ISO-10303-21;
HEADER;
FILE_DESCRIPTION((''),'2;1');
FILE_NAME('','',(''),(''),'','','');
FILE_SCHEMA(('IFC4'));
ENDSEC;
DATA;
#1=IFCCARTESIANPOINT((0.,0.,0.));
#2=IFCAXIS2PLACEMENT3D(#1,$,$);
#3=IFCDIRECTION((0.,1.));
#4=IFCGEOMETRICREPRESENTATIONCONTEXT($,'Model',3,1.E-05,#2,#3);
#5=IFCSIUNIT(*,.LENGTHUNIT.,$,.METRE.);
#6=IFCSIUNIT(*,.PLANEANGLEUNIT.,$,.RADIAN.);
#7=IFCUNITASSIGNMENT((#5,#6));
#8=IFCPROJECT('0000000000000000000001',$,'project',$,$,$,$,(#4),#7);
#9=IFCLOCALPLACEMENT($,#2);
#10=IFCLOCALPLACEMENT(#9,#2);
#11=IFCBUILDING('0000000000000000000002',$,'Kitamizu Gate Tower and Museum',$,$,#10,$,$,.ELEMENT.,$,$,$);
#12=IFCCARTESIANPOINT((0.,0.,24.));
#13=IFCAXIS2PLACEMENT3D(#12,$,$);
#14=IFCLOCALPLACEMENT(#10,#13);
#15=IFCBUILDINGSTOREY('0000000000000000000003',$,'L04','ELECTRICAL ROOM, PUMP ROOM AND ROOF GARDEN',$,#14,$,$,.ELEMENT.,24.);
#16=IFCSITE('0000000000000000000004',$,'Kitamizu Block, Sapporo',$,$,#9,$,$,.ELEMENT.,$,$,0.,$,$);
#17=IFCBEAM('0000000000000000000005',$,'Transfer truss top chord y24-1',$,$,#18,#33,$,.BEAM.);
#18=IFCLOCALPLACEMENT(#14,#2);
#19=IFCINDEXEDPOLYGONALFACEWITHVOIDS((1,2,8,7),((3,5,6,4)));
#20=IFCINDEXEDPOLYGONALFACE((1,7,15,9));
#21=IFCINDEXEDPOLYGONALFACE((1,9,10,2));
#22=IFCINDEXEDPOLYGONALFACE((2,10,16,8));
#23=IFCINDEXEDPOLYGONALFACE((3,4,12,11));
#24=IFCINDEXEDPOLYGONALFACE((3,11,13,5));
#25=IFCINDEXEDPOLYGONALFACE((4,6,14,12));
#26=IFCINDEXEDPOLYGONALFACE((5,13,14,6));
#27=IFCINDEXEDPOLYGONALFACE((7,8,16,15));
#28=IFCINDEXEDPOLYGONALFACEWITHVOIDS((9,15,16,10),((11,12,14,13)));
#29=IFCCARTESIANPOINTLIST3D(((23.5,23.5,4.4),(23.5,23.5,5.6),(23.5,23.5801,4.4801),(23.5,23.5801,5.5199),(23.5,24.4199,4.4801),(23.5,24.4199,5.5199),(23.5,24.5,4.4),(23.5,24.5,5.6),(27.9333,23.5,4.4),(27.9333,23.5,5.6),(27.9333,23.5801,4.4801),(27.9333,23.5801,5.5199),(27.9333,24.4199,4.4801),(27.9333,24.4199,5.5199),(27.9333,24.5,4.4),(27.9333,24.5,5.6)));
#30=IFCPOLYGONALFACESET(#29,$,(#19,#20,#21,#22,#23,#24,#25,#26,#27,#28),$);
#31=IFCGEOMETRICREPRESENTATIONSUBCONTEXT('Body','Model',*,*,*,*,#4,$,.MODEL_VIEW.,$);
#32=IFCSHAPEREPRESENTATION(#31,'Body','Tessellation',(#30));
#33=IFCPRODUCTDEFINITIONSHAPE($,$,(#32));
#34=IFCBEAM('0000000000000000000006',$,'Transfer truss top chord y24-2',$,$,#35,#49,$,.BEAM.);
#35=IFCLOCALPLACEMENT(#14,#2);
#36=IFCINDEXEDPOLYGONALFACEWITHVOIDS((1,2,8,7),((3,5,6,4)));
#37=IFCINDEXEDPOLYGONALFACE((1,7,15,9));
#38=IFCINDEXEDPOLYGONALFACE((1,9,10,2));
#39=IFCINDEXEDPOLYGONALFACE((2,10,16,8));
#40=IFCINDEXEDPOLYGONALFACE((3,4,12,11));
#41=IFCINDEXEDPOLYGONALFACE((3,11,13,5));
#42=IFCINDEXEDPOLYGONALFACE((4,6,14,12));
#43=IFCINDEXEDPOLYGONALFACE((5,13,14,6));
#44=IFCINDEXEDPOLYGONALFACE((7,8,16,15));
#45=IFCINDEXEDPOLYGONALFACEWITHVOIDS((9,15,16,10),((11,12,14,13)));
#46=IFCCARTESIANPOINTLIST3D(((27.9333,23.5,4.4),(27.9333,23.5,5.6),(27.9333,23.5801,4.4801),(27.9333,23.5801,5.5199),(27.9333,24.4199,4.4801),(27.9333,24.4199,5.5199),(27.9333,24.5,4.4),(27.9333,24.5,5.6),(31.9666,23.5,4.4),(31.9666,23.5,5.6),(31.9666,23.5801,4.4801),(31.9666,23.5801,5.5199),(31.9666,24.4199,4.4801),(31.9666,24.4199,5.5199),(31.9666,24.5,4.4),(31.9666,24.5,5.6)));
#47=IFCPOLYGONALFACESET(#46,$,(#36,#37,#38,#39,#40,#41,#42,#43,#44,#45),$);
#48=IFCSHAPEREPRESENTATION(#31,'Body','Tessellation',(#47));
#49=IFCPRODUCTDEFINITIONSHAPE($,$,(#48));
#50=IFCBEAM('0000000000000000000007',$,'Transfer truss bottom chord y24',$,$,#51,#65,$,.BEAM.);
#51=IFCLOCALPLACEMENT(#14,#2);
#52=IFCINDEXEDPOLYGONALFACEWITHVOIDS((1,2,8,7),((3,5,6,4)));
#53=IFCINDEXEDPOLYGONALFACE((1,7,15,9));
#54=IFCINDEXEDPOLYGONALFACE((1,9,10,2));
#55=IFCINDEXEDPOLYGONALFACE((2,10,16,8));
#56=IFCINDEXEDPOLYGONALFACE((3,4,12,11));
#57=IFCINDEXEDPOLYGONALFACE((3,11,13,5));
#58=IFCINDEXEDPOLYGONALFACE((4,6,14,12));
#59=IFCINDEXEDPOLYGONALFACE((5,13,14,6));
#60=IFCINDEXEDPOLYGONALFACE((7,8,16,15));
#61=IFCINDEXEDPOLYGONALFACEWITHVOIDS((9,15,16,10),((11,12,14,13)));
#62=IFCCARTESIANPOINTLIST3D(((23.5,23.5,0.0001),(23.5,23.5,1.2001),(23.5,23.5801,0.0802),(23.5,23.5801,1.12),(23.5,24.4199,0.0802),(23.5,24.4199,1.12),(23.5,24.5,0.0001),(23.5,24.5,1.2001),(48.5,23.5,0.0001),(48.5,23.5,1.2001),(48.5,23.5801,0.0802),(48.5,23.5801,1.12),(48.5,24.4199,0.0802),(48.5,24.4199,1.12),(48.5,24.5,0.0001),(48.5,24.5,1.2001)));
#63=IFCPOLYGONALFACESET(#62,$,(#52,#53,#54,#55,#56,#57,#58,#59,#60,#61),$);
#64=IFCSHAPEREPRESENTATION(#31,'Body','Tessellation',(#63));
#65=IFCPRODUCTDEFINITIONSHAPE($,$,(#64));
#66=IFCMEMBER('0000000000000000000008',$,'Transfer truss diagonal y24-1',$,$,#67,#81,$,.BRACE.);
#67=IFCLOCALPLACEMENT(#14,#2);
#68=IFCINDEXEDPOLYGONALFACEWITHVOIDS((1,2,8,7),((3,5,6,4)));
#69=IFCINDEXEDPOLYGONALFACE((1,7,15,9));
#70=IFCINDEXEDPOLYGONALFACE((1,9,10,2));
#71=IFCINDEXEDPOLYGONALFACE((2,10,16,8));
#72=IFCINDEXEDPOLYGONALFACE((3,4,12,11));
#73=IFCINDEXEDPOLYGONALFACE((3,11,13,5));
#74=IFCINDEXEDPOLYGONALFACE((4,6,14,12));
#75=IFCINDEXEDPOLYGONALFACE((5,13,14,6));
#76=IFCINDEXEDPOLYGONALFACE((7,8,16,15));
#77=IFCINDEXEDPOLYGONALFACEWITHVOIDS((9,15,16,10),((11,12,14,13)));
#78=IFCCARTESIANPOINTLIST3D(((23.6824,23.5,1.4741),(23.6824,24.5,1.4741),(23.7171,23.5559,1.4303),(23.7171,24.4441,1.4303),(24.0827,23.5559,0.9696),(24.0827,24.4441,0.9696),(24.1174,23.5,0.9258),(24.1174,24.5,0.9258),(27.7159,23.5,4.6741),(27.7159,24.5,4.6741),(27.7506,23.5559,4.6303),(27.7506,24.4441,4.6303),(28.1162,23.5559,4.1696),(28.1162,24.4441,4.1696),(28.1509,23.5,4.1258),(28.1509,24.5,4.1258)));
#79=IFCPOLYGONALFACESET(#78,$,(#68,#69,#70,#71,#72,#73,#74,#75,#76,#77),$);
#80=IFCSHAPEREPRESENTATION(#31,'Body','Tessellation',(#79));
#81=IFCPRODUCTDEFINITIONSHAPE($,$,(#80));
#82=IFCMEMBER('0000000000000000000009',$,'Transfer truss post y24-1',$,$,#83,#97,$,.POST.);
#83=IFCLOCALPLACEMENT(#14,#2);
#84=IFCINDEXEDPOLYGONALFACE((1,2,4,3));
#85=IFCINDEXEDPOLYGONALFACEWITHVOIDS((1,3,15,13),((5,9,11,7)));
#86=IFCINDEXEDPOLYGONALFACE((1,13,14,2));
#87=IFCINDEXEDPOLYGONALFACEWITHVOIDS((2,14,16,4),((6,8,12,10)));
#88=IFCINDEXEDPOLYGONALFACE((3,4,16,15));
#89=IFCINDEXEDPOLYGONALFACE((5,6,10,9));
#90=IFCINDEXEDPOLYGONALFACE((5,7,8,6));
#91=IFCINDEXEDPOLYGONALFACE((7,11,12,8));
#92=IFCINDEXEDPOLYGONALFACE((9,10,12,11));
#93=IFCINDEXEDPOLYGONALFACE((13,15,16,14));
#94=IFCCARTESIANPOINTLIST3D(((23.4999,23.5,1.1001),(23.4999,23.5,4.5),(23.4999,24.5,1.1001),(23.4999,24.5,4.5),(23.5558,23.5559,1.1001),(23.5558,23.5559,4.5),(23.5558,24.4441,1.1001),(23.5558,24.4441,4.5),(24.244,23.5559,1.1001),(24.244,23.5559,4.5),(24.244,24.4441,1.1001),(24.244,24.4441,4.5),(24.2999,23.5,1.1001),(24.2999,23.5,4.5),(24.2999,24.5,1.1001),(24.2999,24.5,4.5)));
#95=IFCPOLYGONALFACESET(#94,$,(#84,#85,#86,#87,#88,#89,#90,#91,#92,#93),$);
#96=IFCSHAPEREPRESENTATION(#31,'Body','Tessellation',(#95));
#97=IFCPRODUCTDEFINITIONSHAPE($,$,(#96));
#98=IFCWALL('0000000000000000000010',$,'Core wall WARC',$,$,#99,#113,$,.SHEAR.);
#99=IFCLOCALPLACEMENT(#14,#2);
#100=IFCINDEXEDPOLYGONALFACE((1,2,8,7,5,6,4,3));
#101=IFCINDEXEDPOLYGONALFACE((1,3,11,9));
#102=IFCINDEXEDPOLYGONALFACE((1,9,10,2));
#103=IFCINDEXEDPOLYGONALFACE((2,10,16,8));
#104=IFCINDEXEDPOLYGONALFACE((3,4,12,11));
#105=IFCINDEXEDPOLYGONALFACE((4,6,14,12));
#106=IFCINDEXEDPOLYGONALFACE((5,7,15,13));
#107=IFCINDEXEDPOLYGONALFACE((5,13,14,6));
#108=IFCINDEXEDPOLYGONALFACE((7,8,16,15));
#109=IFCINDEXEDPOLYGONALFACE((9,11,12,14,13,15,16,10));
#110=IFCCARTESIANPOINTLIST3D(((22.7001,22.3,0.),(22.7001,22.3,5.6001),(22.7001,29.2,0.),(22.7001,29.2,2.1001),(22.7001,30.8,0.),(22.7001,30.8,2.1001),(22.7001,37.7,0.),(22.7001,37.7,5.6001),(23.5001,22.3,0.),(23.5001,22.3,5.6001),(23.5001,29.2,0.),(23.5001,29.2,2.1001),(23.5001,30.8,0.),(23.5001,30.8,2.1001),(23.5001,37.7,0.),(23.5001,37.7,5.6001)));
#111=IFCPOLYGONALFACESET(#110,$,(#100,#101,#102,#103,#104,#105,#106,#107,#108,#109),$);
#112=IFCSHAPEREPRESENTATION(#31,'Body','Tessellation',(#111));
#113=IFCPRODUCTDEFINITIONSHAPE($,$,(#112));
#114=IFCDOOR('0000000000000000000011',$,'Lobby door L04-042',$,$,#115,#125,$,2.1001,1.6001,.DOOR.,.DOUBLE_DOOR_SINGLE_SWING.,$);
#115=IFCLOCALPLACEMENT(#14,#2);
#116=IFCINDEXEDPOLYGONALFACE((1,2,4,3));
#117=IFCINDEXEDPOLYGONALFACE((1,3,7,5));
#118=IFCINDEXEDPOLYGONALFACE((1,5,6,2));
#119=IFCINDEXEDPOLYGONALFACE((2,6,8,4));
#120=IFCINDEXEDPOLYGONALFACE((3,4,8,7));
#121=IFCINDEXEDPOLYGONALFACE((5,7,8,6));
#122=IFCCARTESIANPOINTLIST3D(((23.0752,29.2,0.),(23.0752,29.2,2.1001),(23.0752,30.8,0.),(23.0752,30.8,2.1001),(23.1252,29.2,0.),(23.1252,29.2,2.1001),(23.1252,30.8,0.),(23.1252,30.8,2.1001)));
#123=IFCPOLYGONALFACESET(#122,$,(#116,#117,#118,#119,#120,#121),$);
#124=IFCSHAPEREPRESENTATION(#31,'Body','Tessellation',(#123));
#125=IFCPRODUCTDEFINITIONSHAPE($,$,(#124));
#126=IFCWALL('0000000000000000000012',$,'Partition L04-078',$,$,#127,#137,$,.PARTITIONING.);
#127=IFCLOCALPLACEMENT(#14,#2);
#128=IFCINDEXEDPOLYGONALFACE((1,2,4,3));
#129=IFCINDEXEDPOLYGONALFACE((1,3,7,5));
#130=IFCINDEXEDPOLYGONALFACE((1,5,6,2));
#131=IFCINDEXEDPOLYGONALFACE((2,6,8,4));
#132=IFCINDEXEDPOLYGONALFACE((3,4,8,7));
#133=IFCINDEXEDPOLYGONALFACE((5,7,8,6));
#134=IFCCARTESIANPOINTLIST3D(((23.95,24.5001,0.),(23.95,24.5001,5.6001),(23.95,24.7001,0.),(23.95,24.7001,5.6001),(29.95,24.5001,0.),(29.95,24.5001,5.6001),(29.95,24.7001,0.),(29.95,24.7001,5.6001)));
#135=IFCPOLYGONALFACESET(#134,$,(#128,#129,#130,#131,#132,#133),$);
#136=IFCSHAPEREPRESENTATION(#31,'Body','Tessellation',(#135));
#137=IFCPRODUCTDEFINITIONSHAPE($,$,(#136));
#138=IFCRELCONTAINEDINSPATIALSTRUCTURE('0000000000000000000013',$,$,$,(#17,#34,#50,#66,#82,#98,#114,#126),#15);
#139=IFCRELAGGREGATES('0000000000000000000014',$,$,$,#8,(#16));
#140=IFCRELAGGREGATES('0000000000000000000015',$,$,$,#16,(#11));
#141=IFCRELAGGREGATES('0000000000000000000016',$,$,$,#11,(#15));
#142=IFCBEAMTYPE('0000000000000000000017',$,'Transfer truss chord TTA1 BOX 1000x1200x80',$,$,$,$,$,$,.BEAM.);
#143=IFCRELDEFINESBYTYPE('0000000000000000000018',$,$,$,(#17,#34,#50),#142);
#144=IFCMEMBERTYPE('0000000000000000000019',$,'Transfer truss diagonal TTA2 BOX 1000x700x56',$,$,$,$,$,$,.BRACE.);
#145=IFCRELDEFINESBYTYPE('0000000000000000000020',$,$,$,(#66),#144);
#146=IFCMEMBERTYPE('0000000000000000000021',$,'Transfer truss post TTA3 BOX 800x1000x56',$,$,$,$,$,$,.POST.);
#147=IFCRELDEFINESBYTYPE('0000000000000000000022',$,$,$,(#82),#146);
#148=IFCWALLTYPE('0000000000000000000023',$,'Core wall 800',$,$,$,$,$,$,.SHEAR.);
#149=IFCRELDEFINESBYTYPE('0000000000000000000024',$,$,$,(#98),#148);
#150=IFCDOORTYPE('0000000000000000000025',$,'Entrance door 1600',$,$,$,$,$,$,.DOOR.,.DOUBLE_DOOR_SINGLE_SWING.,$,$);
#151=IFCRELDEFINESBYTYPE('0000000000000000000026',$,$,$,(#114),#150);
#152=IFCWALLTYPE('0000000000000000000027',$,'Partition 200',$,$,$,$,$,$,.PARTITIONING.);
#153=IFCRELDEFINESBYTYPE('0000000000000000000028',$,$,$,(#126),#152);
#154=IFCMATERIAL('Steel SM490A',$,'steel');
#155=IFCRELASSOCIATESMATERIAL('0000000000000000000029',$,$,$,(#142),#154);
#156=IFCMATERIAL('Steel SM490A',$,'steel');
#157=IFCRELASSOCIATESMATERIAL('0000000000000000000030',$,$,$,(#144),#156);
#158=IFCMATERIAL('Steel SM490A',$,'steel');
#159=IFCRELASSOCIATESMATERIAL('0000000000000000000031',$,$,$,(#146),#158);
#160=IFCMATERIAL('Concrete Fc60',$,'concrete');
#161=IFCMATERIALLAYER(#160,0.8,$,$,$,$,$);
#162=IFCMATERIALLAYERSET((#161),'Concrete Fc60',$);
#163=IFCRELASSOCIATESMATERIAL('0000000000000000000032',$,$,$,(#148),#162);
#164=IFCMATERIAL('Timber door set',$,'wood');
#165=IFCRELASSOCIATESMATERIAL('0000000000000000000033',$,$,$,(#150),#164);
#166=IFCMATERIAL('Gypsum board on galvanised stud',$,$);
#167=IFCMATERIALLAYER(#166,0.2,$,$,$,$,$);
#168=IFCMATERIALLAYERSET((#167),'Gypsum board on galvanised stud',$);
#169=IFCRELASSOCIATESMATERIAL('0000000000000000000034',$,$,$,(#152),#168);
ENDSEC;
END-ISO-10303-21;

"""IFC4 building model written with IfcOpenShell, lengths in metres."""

from ifc_helpers import new_model, si_unit, direction, frame, frame_2d, origin, origin_2d, place, context, subcontext, project, spatial, rectangle, hollow_rectangle, extrude, material, layer, layer_set, material_profile, profile_set, type_object, element, fill, save


model = new_model("IFC4")

# Units and contexts
model_context = context("Model", 3, precision=1e-05, world=origin(), true_north=direction((0.0, 1.0)))
body_context = subcontext(model_context, "Body", "Model", "MODEL_VIEW")
ifc_project = project(units=[si_unit("LENGTHUNIT", "METRE"), si_unit("PLANEANGLEUNIT", "RADIAN")], contexts=[model_context])

# Site, building, storey
site_placement = place(None, origin())
site = spatial("IfcSite", under=ifc_project, at=site_placement, Name="Kitamizu Block, Sapporo", CompositionType="ELEMENT", RefElevation=0.0)
building_placement = place(site_placement, origin())
building = spatial("IfcBuilding", under=site, at=building_placement, Name="Kitamizu Gate Tower and Museum", CompositionType="ELEMENT")
storey_placement = place(building_placement, frame((0.0, 0.0, 24.0)))
storey = spatial("IfcBuildingStorey", under=building, at=storey_placement, Name="L04", Description="ELECTRICAL ROOM, PUMP ROOM AND ROOF GARDEN", CompositionType="ELEMENT", Elevation=24.0)

# Beams
ifc_material_1 = material(Name="Steel SM490A", Category="steel")
ifc_material_profile_1 = material_profile(ifc_material_1, hollow_rectangle(XDim=1.0, YDim=1.2, WallThickness=0.0801, at=origin_2d()), Name="BOX 1000x1200x80")
ifc_profile_set_1 = profile_set([ifc_material_profile_1], Name="Steel SM490A")
beam_type = type_object("IfcBeamType", Name="Transfer truss chord TTA1 BOX 1000x1200x80", PredefinedType="BEAM", material=ifc_profile_set_1)
beam_1_placement = place(storey_placement, frame((23.5, 24.0, 5.0), z_axis=(1.0, 0.0, 0.0), x_axis=(0.0, 1.0, 0.0)))
element("IfcBeam", 1, at=beam_1_placement, inside=storey, type_object=beam_type, Name="Transfer truss top chord y24-1", PredefinedType="BEAM", context=body_context, shape_type="SweptSolid", body=[
    extrude(hollow_rectangle(XDim=1.0, YDim=1.2, WallThickness=0.0801, at=origin_2d()), origin(), (0.0, 0.0, 1.0), 4.4333),
])
beam_2_placement = place(storey_placement, frame((27.9333, 24.0, 5.0), z_axis=(1.0, 0.0, 0.0), x_axis=(0.0, 1.0, 0.0)))
element("IfcBeam", 2, at=beam_2_placement, inside=storey, type_object=beam_type, Name="Transfer truss top chord y24-2", PredefinedType="BEAM", context=body_context, shape_type="SweptSolid", body=[
    extrude(hollow_rectangle(XDim=1.0, YDim=1.2, WallThickness=0.0801, at=origin_2d()), origin(), (0.0, 0.0, 1.0), 4.0332),
])
beam_3_placement = place(storey_placement, frame((23.5, 24.0, 0.6001), z_axis=(1.0, 0.0, 0.0), x_axis=(0.0, 1.0, 0.0)))
element("IfcBeam", 3, at=beam_3_placement, inside=storey, type_object=beam_type, Name="Transfer truss bottom chord y24", PredefinedType="BEAM", context=body_context, shape_type="SweptSolid", body=[
    extrude(hollow_rectangle(XDim=1.0, YDim=1.2, WallThickness=0.0801, at=origin_2d()), origin(), (0.0, 0.0, 1.0), 25.0),
])

# Members
ifc_material_2 = material(Name="Steel SM490A", Category="steel")
ifc_material_profile_2 = material_profile(ifc_material_2, hollow_rectangle(XDim=1.0, YDim=0.7, WallThickness=0.0559, at=origin_2d()), Name="BOX 1000x700x56")
ifc_profile_set_2 = profile_set([ifc_material_profile_2], Name="Steel SM490A")
member_type_1 = type_object("IfcMemberType", Name="Transfer truss diagonal TTA2 BOX 1000x700x56", PredefinedType="BRACE", material=ifc_profile_set_2)
member_1_placement = place(storey_placement, frame((23.8999, 24.0, 1.2), z_axis=(0.783402, 0.0, 0.621515), x_axis=(0.0, 1.0, 0.0)))
element("IfcMember", 4, at=member_1_placement, inside=storey, type_object=member_type_1, Name="Transfer truss diagonal y24-1", PredefinedType="BRACE", context=body_context, shape_type="SweptSolid", body=[
    extrude(hollow_rectangle(XDim=1.0, YDim=0.7, WallThickness=0.0559, at=origin_2d()), origin(), (0.0, 0.0, 1.0), 5.1487),
])
ifc_material_3 = material(Name="Steel SM490A", Category="steel")
ifc_material_profile_3 = material_profile(ifc_material_3, hollow_rectangle(XDim=0.8, YDim=1.0, WallThickness=0.0559, at=origin_2d()), Name="BOX 800x1000x56")
ifc_profile_set_3 = profile_set([ifc_material_profile_3], Name="Steel SM490A")
member_type_2 = type_object("IfcMemberType", Name="Transfer truss post TTA3 BOX 800x1000x56", PredefinedType="POST", material=ifc_profile_set_3)
member_2_placement = place(storey_placement, frame((23.8999, 24.0, 1.1001), z_axis=(0.0, 0.0, 1.0), x_axis=(1.0, 0.0, 0.0)))
element("IfcMember", 5, at=member_2_placement, inside=storey, type_object=member_type_2, Name="Transfer truss post y24-1", PredefinedType="POST", context=body_context, shape_type="SweptSolid", body=[
    extrude(hollow_rectangle(XDim=0.8, YDim=1.0, WallThickness=0.0559, at=origin_2d()), origin(), (0.0, 0.0, 1.0), 3.3999),
])

# Wall, opening, door
ifc_material_4 = material(Name="Concrete Fc60", Category="concrete")
ifc_layer_1 = layer(ifc_material_4, 0.8)
ifc_layer_set_1 = layer_set([ifc_layer_1], Name="Concrete Fc60")
wall_type_1 = type_object("IfcWallType", Name="Core wall 800", PredefinedType="SHEAR", material=ifc_layer_set_1)
wall_1_placement = place(storey_placement, frame((23.1001, 22.3, 0.0), z_axis=(0.0, 0.0, 1.0), x_axis=(0.0, 1.0, 0.0)))
wall_1 = element("IfcWall", 6, at=wall_1_placement, inside=storey, type_object=wall_type_1, Name="Core wall WARC", PredefinedType="SHEAR", context=body_context, shape_type="SweptSolid", body=[
    extrude(rectangle(XDim=15.3999, YDim=0.8, at=frame_2d((7.7, 0.0))), origin(), (0.0, 0.0, 1.0), 5.6001),
])
opening_1_placement = place(wall_1_placement, frame((6.8999, 0.0, 0.0)))
opening_1 = element("IfcOpeningElement", 7, at=opening_1_placement, cuts=wall_1, PredefinedType="OPENING", context=body_context, shape_type="SweptSolid", body=[
    extrude(rectangle(XDim=1.6001, YDim=2.1001, at=frame_2d((0.8, 1.05))), frame((0.0, 0.4102, 0.0), z_axis=(0.0, -1.0, 0.0), x_axis=(1.0, 0.0, 0.0)), (0.0, 0.0, 1.0), 0.8201),
])
ifc_material_5 = material(Name="Timber door set", Category="wood")
door_type_1 = type_object("IfcDoorType", Name="Entrance door 1600", OperationType="DOUBLE_DOOR_SINGLE_SWING", PredefinedType="DOOR", material=ifc_material_5)
door_1_placement = place(opening_1_placement, origin())
door_1 = element("IfcDoor", 8, at=door_1_placement, inside=storey, type_object=door_type_1, Name="Lobby door L04-042", OperationType="DOUBLE_DOOR_SINGLE_SWING", OverallHeight=2.1001, OverallWidth=1.6001, PredefinedType="DOOR", context=body_context, shape_type="SweptSolid", body=[
    extrude(rectangle(XDim=1.6001, YDim=2.1001, at=frame_2d((0.8, 1.05))), frame((0.0, 0.0249, 0.0), z_axis=(0.0, -1.0, 0.0), x_axis=(1.0, 0.0, 0.0)), (0.0, 0.0, 1.0), 0.05),
])
fill(opening_1, door_1)

# Wall
ifc_material_6 = material(Name="Gypsum board on galvanised stud")
ifc_layer_2 = layer(ifc_material_6, 0.2)
ifc_layer_set_2 = layer_set([ifc_layer_2], Name="Gypsum board on galvanised stud")
wall_type_2 = type_object("IfcWallType", Name="Partition 200", PredefinedType="PARTITIONING", material=ifc_layer_set_2)
wall_2_placement = place(storey_placement, frame((23.95, 24.6001, 0.0), z_axis=(0.0, 0.0, 1.0), x_axis=(1.0, 0.0, 0.0)))
element("IfcWall", 9, at=wall_2_placement, inside=storey, type_object=wall_type_2, Name="Partition L04-078", PredefinedType="PARTITIONING", context=body_context, shape_type="SweptSolid", body=[
    extrude(rectangle(XDim=6.0, YDim=0.2, at=frame_2d((3.0, 0.0))), origin(), (0.0, 0.0, 1.0), 5.6001),
])

save(model, "model.ifc")
